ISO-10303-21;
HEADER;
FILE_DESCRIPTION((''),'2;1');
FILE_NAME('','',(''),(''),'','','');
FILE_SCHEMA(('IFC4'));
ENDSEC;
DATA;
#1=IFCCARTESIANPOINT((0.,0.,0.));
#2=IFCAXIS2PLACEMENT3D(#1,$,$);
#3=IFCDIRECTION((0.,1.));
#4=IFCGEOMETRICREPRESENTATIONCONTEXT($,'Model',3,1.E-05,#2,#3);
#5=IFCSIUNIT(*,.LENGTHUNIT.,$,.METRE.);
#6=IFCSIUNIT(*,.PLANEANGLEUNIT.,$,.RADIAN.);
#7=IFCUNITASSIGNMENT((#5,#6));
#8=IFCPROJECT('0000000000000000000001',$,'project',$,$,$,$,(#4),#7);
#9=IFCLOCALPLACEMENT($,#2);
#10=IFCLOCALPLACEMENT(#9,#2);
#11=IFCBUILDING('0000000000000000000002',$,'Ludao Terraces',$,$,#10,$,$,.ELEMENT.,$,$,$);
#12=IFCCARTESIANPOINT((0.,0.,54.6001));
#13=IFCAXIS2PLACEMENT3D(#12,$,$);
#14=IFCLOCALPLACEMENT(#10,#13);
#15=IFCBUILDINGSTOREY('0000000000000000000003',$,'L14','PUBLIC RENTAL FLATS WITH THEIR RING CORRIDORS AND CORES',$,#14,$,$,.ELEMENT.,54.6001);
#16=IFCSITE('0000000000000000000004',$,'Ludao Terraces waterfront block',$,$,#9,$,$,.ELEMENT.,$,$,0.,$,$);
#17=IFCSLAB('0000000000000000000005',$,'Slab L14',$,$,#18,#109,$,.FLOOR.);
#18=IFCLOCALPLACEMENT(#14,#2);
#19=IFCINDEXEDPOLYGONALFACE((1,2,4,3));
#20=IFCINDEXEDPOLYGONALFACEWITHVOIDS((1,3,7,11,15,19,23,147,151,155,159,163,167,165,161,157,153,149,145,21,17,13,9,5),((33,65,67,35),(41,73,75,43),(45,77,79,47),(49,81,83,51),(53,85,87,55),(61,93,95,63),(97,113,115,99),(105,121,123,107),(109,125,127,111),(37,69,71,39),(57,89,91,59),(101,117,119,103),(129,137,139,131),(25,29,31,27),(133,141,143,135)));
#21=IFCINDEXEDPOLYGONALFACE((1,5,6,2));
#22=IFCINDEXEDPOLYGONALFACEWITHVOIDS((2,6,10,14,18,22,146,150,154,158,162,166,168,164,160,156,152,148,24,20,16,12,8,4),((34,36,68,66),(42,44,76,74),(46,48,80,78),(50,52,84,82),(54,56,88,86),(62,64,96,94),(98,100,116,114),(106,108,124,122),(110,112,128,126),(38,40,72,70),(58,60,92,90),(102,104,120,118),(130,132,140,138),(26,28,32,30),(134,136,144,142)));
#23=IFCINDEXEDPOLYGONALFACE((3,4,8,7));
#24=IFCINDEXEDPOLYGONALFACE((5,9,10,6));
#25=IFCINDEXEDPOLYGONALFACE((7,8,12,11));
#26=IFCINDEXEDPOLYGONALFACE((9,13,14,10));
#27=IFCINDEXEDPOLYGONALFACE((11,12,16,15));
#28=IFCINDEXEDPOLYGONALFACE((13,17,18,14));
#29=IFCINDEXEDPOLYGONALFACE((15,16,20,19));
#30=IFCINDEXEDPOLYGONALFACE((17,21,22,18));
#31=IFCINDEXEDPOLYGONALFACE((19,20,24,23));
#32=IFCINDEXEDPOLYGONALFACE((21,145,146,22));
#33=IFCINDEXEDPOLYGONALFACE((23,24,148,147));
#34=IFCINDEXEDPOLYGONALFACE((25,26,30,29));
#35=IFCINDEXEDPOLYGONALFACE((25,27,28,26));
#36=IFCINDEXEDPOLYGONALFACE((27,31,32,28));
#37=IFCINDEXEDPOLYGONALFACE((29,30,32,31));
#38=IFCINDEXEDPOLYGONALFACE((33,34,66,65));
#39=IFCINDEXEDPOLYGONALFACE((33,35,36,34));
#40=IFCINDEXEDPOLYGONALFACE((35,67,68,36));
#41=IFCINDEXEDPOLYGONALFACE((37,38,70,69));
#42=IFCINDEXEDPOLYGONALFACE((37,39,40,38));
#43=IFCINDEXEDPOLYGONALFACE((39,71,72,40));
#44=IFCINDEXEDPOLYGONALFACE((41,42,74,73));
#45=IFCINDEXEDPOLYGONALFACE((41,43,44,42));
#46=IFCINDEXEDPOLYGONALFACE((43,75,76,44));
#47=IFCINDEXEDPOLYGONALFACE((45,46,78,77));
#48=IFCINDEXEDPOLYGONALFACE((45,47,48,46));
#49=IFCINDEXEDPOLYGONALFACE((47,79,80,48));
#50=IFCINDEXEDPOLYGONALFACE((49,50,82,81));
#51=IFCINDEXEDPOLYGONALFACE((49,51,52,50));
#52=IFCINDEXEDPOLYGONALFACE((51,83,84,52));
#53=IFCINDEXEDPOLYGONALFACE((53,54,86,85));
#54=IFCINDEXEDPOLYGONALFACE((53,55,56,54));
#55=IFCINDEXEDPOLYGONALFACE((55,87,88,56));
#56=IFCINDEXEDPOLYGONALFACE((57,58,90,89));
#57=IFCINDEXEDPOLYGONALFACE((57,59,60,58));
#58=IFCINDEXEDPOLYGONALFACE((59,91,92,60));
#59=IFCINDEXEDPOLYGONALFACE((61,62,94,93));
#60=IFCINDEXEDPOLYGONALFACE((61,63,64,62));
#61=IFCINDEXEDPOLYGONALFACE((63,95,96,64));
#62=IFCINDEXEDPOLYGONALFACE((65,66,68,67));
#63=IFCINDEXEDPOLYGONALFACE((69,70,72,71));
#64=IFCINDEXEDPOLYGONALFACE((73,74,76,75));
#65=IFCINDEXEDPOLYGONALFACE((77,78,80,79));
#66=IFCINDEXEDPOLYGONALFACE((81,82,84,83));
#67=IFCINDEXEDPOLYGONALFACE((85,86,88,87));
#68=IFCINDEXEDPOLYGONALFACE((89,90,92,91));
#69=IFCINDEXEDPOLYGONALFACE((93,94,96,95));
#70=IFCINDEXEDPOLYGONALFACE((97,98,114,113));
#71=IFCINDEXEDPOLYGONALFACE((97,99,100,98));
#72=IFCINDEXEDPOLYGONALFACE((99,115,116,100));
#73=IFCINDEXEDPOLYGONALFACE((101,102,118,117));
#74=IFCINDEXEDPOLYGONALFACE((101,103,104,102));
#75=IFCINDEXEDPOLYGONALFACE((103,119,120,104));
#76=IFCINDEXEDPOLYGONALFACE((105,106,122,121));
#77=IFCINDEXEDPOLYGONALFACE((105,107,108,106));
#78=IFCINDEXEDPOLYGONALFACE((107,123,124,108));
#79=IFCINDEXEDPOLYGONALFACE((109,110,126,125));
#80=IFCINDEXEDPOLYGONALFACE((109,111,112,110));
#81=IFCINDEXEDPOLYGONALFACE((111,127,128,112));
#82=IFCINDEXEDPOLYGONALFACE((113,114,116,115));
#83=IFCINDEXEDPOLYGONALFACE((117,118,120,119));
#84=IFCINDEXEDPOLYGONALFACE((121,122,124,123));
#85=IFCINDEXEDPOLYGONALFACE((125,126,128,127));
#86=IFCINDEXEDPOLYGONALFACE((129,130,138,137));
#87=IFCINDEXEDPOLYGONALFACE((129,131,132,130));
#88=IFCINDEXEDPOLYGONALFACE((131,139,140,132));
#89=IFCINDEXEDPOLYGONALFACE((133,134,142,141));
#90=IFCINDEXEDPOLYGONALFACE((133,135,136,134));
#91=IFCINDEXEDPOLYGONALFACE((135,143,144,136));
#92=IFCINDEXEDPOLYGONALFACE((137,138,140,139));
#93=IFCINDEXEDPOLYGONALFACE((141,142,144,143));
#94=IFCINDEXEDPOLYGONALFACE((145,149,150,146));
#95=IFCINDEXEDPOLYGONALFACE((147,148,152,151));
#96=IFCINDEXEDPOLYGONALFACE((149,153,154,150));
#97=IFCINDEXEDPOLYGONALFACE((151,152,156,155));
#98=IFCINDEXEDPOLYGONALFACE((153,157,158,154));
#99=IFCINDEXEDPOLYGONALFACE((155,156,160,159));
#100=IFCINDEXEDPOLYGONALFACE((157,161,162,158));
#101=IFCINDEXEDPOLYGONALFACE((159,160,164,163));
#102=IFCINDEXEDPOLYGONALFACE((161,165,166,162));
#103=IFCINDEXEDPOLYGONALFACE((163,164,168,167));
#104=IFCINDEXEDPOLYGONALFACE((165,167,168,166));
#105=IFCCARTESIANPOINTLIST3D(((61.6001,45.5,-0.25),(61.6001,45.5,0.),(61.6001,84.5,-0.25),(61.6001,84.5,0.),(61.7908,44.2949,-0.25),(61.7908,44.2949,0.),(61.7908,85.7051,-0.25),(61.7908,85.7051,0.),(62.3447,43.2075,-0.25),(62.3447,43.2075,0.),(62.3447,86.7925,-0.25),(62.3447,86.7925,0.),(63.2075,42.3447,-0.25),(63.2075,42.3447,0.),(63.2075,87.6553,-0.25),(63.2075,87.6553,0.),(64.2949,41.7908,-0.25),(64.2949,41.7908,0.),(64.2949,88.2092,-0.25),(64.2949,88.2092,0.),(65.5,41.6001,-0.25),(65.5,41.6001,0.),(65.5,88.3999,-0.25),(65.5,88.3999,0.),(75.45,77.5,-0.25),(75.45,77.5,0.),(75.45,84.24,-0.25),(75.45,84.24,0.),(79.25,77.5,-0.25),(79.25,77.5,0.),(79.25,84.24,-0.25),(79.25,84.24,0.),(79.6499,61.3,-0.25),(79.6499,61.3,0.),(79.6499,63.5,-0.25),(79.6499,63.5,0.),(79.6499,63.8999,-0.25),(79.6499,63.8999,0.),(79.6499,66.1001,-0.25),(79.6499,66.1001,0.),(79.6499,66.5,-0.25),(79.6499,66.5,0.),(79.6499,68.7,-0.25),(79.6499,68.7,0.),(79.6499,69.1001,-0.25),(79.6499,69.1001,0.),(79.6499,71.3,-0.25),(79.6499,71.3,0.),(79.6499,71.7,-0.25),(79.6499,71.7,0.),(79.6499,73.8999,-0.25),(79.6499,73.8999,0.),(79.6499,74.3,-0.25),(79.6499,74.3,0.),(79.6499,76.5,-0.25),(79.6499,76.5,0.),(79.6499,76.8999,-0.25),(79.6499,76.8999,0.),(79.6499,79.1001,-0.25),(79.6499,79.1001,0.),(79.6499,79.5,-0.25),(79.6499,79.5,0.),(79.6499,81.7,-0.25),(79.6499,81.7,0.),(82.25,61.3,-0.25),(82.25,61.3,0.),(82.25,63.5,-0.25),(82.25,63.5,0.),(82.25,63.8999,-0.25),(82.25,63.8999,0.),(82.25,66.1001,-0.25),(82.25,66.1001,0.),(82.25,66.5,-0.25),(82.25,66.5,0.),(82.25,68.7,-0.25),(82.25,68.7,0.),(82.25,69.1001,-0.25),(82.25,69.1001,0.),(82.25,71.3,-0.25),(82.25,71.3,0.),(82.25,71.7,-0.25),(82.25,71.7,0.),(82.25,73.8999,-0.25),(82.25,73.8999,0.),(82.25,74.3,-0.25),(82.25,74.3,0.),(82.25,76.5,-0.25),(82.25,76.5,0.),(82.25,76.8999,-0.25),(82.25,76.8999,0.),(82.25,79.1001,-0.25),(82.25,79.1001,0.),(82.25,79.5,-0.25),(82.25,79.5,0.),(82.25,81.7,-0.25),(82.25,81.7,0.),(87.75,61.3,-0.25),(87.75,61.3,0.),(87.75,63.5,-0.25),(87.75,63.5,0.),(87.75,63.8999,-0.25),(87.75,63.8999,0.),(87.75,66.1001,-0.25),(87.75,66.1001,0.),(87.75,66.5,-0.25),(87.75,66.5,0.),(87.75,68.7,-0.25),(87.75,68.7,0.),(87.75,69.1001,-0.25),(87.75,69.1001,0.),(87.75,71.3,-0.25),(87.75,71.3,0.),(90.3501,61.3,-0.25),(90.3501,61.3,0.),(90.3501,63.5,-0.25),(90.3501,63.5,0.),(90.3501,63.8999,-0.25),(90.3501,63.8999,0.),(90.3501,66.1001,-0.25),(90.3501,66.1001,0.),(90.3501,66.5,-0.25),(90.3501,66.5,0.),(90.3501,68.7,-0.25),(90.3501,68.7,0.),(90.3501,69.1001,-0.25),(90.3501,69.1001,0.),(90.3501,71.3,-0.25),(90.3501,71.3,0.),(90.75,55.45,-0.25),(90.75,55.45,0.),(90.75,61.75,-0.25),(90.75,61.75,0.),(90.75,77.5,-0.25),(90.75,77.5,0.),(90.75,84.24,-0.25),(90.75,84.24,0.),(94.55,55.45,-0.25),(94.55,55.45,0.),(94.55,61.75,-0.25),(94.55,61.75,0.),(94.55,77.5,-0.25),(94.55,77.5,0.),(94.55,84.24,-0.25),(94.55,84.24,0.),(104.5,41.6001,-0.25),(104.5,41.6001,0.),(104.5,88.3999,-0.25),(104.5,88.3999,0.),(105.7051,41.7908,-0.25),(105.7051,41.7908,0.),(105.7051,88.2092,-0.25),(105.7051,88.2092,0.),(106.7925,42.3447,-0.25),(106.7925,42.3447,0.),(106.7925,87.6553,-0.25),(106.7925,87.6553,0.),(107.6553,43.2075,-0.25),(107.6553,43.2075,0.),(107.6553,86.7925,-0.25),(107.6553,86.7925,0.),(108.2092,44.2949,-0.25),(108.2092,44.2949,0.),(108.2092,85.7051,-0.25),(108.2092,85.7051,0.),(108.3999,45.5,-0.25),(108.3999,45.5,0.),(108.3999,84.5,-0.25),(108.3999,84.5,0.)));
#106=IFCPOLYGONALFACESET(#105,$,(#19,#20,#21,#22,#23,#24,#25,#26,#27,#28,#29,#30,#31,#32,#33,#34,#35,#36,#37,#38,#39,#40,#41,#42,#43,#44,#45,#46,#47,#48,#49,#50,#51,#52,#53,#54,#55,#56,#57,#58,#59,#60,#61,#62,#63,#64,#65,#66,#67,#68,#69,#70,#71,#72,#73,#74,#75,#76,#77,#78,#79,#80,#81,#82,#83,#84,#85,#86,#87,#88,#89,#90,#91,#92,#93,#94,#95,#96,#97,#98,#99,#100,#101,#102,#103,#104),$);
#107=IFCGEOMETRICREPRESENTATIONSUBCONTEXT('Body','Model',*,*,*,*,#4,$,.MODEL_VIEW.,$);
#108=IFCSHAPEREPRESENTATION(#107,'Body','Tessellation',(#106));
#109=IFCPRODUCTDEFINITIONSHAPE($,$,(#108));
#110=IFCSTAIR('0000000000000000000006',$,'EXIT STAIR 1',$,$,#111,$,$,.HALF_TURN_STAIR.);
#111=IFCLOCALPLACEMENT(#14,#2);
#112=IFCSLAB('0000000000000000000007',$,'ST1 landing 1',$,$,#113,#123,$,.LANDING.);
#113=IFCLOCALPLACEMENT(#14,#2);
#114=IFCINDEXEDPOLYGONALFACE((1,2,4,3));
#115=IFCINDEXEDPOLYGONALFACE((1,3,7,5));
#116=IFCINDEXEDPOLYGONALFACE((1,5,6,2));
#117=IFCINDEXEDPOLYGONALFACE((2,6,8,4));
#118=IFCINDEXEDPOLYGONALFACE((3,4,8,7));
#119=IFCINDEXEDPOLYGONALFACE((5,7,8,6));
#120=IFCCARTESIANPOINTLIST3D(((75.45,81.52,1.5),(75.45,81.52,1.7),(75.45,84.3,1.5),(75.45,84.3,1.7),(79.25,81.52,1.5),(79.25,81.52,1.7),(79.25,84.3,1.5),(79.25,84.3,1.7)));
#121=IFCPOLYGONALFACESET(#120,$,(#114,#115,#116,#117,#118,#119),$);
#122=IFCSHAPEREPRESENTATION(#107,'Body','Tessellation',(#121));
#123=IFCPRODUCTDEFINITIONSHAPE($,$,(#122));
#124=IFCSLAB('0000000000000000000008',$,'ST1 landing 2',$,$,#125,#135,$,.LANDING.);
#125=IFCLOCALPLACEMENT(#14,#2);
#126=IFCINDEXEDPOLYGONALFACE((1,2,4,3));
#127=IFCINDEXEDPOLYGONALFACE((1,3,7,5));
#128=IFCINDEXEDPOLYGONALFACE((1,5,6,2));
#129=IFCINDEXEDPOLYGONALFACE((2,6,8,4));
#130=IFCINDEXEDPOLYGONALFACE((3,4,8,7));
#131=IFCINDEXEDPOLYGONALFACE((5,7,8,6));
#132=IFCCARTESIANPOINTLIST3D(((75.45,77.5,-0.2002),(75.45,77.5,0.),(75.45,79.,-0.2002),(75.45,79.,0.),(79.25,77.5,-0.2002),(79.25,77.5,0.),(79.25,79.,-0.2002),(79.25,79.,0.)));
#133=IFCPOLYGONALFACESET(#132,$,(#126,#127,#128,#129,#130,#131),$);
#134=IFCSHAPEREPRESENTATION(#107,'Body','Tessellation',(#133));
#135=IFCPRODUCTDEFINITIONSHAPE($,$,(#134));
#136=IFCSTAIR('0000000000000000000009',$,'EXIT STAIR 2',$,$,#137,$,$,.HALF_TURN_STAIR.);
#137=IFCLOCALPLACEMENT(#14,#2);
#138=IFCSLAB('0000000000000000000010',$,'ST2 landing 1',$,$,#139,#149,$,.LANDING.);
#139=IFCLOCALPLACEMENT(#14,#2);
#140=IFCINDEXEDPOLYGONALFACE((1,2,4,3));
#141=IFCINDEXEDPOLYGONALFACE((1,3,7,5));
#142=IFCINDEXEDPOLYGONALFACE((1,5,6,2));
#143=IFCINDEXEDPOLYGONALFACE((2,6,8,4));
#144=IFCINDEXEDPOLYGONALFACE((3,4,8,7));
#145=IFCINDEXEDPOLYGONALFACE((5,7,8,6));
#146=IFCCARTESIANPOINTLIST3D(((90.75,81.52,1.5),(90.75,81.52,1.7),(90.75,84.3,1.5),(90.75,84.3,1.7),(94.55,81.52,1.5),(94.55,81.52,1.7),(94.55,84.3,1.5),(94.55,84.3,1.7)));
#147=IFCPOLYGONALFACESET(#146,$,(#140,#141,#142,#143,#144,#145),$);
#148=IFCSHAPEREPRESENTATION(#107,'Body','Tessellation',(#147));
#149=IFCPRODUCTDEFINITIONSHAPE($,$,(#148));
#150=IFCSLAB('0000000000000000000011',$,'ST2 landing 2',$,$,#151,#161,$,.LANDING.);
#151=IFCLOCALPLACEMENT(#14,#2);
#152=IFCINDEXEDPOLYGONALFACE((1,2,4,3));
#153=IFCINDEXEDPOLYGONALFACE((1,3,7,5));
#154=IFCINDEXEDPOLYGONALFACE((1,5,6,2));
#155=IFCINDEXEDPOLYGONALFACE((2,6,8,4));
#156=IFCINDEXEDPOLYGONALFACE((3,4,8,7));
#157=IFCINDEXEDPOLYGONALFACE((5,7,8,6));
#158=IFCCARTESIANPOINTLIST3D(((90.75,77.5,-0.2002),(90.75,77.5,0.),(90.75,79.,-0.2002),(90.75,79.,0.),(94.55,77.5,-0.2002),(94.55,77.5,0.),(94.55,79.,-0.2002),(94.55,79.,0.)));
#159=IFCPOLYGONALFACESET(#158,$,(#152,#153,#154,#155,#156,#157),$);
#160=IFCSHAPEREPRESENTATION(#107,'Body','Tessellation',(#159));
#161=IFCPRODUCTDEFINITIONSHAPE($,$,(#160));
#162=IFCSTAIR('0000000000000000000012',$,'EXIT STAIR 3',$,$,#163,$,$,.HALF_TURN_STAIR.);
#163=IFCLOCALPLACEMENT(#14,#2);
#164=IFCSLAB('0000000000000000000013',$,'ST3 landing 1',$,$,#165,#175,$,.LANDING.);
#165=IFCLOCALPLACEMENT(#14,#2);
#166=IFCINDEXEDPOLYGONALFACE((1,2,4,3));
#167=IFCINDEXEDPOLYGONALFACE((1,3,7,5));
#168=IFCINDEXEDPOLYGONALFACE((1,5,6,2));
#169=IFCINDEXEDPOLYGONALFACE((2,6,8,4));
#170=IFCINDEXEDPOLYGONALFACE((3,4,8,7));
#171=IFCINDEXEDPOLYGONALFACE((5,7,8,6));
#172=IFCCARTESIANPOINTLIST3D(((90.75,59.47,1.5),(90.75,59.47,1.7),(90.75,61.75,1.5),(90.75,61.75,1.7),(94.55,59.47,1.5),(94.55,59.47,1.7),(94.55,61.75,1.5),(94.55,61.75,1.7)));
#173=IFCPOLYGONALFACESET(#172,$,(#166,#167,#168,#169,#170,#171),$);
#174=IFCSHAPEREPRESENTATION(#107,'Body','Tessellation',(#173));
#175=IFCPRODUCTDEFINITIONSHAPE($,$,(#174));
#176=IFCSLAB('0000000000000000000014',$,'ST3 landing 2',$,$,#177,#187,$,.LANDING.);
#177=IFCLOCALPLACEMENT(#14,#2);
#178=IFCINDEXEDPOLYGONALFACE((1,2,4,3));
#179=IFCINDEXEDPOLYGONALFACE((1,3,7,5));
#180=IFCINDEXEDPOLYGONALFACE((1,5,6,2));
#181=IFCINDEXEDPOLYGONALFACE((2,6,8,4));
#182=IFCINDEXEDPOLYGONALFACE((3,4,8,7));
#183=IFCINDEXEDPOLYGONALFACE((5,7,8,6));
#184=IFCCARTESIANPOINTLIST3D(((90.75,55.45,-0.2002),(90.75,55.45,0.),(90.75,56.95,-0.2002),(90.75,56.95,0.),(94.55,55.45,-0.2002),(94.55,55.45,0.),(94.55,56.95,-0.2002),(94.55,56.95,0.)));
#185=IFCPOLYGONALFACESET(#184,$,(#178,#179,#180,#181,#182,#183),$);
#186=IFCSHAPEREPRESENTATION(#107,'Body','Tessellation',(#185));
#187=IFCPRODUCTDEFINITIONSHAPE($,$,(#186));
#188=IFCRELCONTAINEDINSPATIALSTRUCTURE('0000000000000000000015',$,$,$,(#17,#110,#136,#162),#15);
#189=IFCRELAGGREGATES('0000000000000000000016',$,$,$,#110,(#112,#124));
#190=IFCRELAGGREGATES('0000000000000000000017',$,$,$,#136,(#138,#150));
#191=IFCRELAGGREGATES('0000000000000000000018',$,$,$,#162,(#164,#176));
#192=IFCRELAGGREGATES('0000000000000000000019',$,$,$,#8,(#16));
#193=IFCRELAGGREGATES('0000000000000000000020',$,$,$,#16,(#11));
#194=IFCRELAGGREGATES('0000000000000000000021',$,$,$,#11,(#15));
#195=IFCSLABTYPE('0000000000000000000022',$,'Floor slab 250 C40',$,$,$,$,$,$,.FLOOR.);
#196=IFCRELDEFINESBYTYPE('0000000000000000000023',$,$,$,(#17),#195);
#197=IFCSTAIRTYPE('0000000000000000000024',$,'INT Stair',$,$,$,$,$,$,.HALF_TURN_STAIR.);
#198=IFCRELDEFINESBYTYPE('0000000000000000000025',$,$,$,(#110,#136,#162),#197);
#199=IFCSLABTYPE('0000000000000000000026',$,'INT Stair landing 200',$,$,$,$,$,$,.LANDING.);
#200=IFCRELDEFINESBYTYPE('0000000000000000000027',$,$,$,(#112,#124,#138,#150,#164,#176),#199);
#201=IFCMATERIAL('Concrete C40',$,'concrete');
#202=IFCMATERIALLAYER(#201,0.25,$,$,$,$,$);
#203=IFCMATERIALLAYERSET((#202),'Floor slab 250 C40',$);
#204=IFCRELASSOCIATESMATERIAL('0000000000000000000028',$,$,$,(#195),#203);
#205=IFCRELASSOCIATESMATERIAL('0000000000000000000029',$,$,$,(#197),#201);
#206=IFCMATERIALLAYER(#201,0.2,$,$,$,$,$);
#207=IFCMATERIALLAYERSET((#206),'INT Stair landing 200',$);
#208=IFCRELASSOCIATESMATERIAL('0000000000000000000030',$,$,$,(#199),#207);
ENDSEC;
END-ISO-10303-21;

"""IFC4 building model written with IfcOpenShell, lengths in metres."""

from ifc_helpers import new_model, si_unit, direction, frame, origin, place, context, subcontext, project, spatial, polyline, outline, extrude, material, layer, layer_set, type_object, element, aggregate, save


model = new_model("IFC4")

# Units and contexts
model_context = context("Model", 3, precision=1e-05, world=origin(), true_north=direction((0.0, 1.0)))
body_context = subcontext(model_context, "Body", "Model", "MODEL_VIEW")
ifc_project = project(units=[si_unit("LENGTHUNIT", "METRE"), si_unit("PLANEANGLEUNIT", "RADIAN")], contexts=[model_context])

# Site, building, storey
site_placement = place(None, origin())
site = spatial("IfcSite", under=ifc_project, at=site_placement, Name="Ludao Terraces waterfront block", CompositionType="ELEMENT", RefElevation=0.0)
building_placement = place(site_placement, origin())
building = spatial("IfcBuilding", under=site, at=building_placement, Name="Ludao Terraces", CompositionType="ELEMENT")
storey_placement = place(building_placement, frame((0.0, 0.0, 54.6001)))
storey = spatial("IfcBuildingStorey", under=building, at=storey_placement, Name="L14", Description="PUBLIC RENTAL FLATS WITH THEIR RING CORRIDORS AND CORES", CompositionType="ELEMENT", Elevation=54.6001)

# Shared definitions
ifc_material_1 = material(Name="Concrete C40", Category="concrete")

# Slab
ifc_layer_1 = layer(ifc_material_1, 0.25)
ifc_layer_set_1 = layer_set([ifc_layer_1], Name="Floor slab 250 C40")
slab_type_1 = type_object("IfcSlabType", Name="Floor slab 250 C40", PredefinedType="FLOOR", material=ifc_layer_set_1)
slab_1_placement = place(storey_placement, frame((0.0, 0.0, -0.25)))
element("IfcSlab", 1, at=slab_1_placement, inside=storey, type_object=slab_type_1, Name="Slab L14", PredefinedType="FLOOR", context=body_context, shape_type="SweptSolid", body=[
    extrude(outline(polyline([(104.5, 41.6001), (105.7051, 41.7908), (106.7925, 42.3447), (107.6553, 43.2075), (108.2092, 44.2949), (108.3999, 45.5), (108.3999, 84.5), (108.2092, 85.7051), (107.6553, 86.7925), (106.7925, 87.6553), (105.7051, 88.2092), (104.5, 88.3999), (65.5, 88.3999), (64.2949, 88.2092), (63.2075, 87.6553), (62.3447, 86.7925), (61.7908, 85.7051), (61.6001, 84.5), (61.6001, 45.5), (61.7908, 44.2949), (62.3447, 43.2075), (63.2075, 42.3447), (64.2949, 41.7908), (65.5, 41.6001), (104.5, 41.6001)]), holes=[polyline([(79.6499, 61.3), (82.25, 61.3), (82.25, 63.5), (79.6499, 63.5), (79.6499, 61.3)]), polyline([(79.6499, 63.8999), (82.25, 63.8999), (82.25, 66.1001), (79.6499, 66.1001), (79.6499, 63.8999)]), polyline([(79.6499, 66.5), (82.25, 66.5), (82.25, 68.7), (79.6499, 68.7), (79.6499, 66.5)]), polyline([(79.6499, 69.1001), (82.25, 69.1001), (82.25, 71.3), (79.6499, 71.3), (79.6499, 69.1001)]), polyline([(79.6499, 71.7), (82.25, 71.7), (82.25, 73.8999), (79.6499, 73.8999), (79.6499, 71.7)]), polyline([(79.6499, 74.3), (82.25, 74.3), (82.25, 76.5), (79.6499, 76.5), (79.6499, 74.3)]), polyline([(79.6499, 76.8999), (82.25, 76.8999), (82.25, 79.1001), (79.6499, 79.1001), (79.6499, 76.8999)]), polyline([(79.6499, 79.5), (82.25, 79.5), (82.25, 81.7), (79.6499, 81.7), (79.6499, 79.5)]), polyline([(87.75, 61.3), (90.3501, 61.3), (90.3501, 63.5), (87.75, 63.5), (87.75, 61.3)]), polyline([(87.75, 63.8999), (90.3501, 63.8999), (90.3501, 66.1001), (87.75, 66.1001), (87.75, 63.8999)]), polyline([(87.75, 66.5), (90.3501, 66.5), (90.3501, 68.7), (87.75, 68.7), (87.75, 66.5)]), polyline([(87.75, 69.1001), (90.3501, 69.1001), (90.3501, 71.3), (87.75, 71.3), (87.75, 69.1001)]), polyline([(75.45, 77.5), (79.25, 77.5), (79.25, 84.24), (75.45, 84.24), (75.45, 77.5)]), polyline([(90.75, 77.5), (94.55, 77.5), (94.55, 84.24), (90.75, 84.24), (90.75, 77.5)]), polyline([(90.75, 55.45), (94.55, 55.45), (94.55, 61.75), (90.75, 61.75), (90.75, 55.45)])]), origin(), (0.0, 0.0, 1.0), 0.25),
])

# Stairs, slabs
stair_type = type_object("IfcStairType", Name="INT Stair", PredefinedType="HALF_TURN_STAIR", material=ifc_material_1)
stair_1_placement = place(storey_placement, origin())
stair_1 = element("IfcStair", 2, at=stair_1_placement, inside=storey, type_object=stair_type, Name="EXIT STAIR 1", PredefinedType="HALF_TURN_STAIR")
ifc_layer_2 = layer(ifc_material_1, 0.2)
ifc_layer_set_2 = layer_set([ifc_layer_2], Name="INT Stair landing 200")
slab_type_2 = type_object("IfcSlabType", Name="INT Stair landing 200", PredefinedType="LANDING", material=ifc_layer_set_2)
slab_2_placement = place(storey_placement, frame((0.0, 0.0, 1.5)))
slab_2 = element("IfcSlab", 3, at=slab_2_placement, type_object=slab_type_2, Name="ST1 landing 1", PredefinedType="LANDING", context=body_context, shape_type="SweptSolid", body=[
    extrude(outline(polyline([(75.45, 81.52), (79.25, 81.52), (79.25, 84.3), (75.45, 84.3), (75.45, 81.52)])), origin(), (0.0, 0.0, 1.0), 0.2),
])
slab_3_placement = place(storey_placement, frame((0.0, 0.0, -0.2002)))
slab_3 = element("IfcSlab", 4, at=slab_3_placement, type_object=slab_type_2, Name="ST1 landing 2", PredefinedType="LANDING", context=body_context, shape_type="SweptSolid", body=[
    extrude(outline(polyline([(75.45, 77.5), (79.25, 77.5), (79.25, 79.0), (75.45, 79.0), (75.45, 77.5)])), origin(), (0.0, 0.0, 1.0), 0.2002),
])
aggregate(stair_1, [slab_2, slab_3])
stair_2_placement = place(storey_placement, origin())
stair_2 = element("IfcStair", 5, at=stair_2_placement, inside=storey, type_object=stair_type, Name="EXIT STAIR 2", PredefinedType="HALF_TURN_STAIR")
slab_4_placement = place(storey_placement, frame((0.0, 0.0, 1.5)))
slab_4 = element("IfcSlab", 6, at=slab_4_placement, type_object=slab_type_2, Name="ST2 landing 1", PredefinedType="LANDING", context=body_context, shape_type="SweptSolid", body=[
    extrude(outline(polyline([(90.75, 81.52), (94.55, 81.52), (94.55, 84.3), (90.75, 84.3), (90.75, 81.52)])), origin(), (0.0, 0.0, 1.0), 0.2),
])
slab_5_placement = place(storey_placement, frame((0.0, 0.0, -0.2002)))
slab_5 = element("IfcSlab", 7, at=slab_5_placement, type_object=slab_type_2, Name="ST2 landing 2", PredefinedType="LANDING", context=body_context, shape_type="SweptSolid", body=[
    extrude(outline(polyline([(90.75, 77.5), (94.55, 77.5), (94.55, 79.0), (90.75, 79.0), (90.75, 77.5)])), origin(), (0.0, 0.0, 1.0), 0.2002),
])
aggregate(stair_2, [slab_4, slab_5])
stair_3_placement = place(storey_placement, origin())
stair_3 = element("IfcStair", 8, at=stair_3_placement, inside=storey, type_object=stair_type, Name="EXIT STAIR 3", PredefinedType="HALF_TURN_STAIR")
slab_6_placement = place(storey_placement, frame((0.0, 0.0, 1.5)))
slab_6 = element("IfcSlab", 9, at=slab_6_placement, type_object=slab_type_2, Name="ST3 landing 1", PredefinedType="LANDING", context=body_context, shape_type="SweptSolid", body=[
    extrude(outline(polyline([(90.75, 59.47), (94.55, 59.47), (94.55, 61.75), (90.75, 61.75), (90.75, 59.47)])), origin(), (0.0, 0.0, 1.0), 0.2),
])
slab_7_placement = place(storey_placement, frame((0.0, 0.0, -0.2002)))
slab_7 = element("IfcSlab", 10, at=slab_7_placement, type_object=slab_type_2, Name="ST3 landing 2", PredefinedType="LANDING", context=body_context, shape_type="SweptSolid", body=[
    extrude(outline(polyline([(90.75, 55.45), (94.55, 55.45), (94.55, 56.95), (90.75, 56.95), (90.75, 55.45)])), origin(), (0.0, 0.0, 1.0), 0.2002),
])
aggregate(stair_3, [slab_6, slab_7])

save(model, "model.ifc")
